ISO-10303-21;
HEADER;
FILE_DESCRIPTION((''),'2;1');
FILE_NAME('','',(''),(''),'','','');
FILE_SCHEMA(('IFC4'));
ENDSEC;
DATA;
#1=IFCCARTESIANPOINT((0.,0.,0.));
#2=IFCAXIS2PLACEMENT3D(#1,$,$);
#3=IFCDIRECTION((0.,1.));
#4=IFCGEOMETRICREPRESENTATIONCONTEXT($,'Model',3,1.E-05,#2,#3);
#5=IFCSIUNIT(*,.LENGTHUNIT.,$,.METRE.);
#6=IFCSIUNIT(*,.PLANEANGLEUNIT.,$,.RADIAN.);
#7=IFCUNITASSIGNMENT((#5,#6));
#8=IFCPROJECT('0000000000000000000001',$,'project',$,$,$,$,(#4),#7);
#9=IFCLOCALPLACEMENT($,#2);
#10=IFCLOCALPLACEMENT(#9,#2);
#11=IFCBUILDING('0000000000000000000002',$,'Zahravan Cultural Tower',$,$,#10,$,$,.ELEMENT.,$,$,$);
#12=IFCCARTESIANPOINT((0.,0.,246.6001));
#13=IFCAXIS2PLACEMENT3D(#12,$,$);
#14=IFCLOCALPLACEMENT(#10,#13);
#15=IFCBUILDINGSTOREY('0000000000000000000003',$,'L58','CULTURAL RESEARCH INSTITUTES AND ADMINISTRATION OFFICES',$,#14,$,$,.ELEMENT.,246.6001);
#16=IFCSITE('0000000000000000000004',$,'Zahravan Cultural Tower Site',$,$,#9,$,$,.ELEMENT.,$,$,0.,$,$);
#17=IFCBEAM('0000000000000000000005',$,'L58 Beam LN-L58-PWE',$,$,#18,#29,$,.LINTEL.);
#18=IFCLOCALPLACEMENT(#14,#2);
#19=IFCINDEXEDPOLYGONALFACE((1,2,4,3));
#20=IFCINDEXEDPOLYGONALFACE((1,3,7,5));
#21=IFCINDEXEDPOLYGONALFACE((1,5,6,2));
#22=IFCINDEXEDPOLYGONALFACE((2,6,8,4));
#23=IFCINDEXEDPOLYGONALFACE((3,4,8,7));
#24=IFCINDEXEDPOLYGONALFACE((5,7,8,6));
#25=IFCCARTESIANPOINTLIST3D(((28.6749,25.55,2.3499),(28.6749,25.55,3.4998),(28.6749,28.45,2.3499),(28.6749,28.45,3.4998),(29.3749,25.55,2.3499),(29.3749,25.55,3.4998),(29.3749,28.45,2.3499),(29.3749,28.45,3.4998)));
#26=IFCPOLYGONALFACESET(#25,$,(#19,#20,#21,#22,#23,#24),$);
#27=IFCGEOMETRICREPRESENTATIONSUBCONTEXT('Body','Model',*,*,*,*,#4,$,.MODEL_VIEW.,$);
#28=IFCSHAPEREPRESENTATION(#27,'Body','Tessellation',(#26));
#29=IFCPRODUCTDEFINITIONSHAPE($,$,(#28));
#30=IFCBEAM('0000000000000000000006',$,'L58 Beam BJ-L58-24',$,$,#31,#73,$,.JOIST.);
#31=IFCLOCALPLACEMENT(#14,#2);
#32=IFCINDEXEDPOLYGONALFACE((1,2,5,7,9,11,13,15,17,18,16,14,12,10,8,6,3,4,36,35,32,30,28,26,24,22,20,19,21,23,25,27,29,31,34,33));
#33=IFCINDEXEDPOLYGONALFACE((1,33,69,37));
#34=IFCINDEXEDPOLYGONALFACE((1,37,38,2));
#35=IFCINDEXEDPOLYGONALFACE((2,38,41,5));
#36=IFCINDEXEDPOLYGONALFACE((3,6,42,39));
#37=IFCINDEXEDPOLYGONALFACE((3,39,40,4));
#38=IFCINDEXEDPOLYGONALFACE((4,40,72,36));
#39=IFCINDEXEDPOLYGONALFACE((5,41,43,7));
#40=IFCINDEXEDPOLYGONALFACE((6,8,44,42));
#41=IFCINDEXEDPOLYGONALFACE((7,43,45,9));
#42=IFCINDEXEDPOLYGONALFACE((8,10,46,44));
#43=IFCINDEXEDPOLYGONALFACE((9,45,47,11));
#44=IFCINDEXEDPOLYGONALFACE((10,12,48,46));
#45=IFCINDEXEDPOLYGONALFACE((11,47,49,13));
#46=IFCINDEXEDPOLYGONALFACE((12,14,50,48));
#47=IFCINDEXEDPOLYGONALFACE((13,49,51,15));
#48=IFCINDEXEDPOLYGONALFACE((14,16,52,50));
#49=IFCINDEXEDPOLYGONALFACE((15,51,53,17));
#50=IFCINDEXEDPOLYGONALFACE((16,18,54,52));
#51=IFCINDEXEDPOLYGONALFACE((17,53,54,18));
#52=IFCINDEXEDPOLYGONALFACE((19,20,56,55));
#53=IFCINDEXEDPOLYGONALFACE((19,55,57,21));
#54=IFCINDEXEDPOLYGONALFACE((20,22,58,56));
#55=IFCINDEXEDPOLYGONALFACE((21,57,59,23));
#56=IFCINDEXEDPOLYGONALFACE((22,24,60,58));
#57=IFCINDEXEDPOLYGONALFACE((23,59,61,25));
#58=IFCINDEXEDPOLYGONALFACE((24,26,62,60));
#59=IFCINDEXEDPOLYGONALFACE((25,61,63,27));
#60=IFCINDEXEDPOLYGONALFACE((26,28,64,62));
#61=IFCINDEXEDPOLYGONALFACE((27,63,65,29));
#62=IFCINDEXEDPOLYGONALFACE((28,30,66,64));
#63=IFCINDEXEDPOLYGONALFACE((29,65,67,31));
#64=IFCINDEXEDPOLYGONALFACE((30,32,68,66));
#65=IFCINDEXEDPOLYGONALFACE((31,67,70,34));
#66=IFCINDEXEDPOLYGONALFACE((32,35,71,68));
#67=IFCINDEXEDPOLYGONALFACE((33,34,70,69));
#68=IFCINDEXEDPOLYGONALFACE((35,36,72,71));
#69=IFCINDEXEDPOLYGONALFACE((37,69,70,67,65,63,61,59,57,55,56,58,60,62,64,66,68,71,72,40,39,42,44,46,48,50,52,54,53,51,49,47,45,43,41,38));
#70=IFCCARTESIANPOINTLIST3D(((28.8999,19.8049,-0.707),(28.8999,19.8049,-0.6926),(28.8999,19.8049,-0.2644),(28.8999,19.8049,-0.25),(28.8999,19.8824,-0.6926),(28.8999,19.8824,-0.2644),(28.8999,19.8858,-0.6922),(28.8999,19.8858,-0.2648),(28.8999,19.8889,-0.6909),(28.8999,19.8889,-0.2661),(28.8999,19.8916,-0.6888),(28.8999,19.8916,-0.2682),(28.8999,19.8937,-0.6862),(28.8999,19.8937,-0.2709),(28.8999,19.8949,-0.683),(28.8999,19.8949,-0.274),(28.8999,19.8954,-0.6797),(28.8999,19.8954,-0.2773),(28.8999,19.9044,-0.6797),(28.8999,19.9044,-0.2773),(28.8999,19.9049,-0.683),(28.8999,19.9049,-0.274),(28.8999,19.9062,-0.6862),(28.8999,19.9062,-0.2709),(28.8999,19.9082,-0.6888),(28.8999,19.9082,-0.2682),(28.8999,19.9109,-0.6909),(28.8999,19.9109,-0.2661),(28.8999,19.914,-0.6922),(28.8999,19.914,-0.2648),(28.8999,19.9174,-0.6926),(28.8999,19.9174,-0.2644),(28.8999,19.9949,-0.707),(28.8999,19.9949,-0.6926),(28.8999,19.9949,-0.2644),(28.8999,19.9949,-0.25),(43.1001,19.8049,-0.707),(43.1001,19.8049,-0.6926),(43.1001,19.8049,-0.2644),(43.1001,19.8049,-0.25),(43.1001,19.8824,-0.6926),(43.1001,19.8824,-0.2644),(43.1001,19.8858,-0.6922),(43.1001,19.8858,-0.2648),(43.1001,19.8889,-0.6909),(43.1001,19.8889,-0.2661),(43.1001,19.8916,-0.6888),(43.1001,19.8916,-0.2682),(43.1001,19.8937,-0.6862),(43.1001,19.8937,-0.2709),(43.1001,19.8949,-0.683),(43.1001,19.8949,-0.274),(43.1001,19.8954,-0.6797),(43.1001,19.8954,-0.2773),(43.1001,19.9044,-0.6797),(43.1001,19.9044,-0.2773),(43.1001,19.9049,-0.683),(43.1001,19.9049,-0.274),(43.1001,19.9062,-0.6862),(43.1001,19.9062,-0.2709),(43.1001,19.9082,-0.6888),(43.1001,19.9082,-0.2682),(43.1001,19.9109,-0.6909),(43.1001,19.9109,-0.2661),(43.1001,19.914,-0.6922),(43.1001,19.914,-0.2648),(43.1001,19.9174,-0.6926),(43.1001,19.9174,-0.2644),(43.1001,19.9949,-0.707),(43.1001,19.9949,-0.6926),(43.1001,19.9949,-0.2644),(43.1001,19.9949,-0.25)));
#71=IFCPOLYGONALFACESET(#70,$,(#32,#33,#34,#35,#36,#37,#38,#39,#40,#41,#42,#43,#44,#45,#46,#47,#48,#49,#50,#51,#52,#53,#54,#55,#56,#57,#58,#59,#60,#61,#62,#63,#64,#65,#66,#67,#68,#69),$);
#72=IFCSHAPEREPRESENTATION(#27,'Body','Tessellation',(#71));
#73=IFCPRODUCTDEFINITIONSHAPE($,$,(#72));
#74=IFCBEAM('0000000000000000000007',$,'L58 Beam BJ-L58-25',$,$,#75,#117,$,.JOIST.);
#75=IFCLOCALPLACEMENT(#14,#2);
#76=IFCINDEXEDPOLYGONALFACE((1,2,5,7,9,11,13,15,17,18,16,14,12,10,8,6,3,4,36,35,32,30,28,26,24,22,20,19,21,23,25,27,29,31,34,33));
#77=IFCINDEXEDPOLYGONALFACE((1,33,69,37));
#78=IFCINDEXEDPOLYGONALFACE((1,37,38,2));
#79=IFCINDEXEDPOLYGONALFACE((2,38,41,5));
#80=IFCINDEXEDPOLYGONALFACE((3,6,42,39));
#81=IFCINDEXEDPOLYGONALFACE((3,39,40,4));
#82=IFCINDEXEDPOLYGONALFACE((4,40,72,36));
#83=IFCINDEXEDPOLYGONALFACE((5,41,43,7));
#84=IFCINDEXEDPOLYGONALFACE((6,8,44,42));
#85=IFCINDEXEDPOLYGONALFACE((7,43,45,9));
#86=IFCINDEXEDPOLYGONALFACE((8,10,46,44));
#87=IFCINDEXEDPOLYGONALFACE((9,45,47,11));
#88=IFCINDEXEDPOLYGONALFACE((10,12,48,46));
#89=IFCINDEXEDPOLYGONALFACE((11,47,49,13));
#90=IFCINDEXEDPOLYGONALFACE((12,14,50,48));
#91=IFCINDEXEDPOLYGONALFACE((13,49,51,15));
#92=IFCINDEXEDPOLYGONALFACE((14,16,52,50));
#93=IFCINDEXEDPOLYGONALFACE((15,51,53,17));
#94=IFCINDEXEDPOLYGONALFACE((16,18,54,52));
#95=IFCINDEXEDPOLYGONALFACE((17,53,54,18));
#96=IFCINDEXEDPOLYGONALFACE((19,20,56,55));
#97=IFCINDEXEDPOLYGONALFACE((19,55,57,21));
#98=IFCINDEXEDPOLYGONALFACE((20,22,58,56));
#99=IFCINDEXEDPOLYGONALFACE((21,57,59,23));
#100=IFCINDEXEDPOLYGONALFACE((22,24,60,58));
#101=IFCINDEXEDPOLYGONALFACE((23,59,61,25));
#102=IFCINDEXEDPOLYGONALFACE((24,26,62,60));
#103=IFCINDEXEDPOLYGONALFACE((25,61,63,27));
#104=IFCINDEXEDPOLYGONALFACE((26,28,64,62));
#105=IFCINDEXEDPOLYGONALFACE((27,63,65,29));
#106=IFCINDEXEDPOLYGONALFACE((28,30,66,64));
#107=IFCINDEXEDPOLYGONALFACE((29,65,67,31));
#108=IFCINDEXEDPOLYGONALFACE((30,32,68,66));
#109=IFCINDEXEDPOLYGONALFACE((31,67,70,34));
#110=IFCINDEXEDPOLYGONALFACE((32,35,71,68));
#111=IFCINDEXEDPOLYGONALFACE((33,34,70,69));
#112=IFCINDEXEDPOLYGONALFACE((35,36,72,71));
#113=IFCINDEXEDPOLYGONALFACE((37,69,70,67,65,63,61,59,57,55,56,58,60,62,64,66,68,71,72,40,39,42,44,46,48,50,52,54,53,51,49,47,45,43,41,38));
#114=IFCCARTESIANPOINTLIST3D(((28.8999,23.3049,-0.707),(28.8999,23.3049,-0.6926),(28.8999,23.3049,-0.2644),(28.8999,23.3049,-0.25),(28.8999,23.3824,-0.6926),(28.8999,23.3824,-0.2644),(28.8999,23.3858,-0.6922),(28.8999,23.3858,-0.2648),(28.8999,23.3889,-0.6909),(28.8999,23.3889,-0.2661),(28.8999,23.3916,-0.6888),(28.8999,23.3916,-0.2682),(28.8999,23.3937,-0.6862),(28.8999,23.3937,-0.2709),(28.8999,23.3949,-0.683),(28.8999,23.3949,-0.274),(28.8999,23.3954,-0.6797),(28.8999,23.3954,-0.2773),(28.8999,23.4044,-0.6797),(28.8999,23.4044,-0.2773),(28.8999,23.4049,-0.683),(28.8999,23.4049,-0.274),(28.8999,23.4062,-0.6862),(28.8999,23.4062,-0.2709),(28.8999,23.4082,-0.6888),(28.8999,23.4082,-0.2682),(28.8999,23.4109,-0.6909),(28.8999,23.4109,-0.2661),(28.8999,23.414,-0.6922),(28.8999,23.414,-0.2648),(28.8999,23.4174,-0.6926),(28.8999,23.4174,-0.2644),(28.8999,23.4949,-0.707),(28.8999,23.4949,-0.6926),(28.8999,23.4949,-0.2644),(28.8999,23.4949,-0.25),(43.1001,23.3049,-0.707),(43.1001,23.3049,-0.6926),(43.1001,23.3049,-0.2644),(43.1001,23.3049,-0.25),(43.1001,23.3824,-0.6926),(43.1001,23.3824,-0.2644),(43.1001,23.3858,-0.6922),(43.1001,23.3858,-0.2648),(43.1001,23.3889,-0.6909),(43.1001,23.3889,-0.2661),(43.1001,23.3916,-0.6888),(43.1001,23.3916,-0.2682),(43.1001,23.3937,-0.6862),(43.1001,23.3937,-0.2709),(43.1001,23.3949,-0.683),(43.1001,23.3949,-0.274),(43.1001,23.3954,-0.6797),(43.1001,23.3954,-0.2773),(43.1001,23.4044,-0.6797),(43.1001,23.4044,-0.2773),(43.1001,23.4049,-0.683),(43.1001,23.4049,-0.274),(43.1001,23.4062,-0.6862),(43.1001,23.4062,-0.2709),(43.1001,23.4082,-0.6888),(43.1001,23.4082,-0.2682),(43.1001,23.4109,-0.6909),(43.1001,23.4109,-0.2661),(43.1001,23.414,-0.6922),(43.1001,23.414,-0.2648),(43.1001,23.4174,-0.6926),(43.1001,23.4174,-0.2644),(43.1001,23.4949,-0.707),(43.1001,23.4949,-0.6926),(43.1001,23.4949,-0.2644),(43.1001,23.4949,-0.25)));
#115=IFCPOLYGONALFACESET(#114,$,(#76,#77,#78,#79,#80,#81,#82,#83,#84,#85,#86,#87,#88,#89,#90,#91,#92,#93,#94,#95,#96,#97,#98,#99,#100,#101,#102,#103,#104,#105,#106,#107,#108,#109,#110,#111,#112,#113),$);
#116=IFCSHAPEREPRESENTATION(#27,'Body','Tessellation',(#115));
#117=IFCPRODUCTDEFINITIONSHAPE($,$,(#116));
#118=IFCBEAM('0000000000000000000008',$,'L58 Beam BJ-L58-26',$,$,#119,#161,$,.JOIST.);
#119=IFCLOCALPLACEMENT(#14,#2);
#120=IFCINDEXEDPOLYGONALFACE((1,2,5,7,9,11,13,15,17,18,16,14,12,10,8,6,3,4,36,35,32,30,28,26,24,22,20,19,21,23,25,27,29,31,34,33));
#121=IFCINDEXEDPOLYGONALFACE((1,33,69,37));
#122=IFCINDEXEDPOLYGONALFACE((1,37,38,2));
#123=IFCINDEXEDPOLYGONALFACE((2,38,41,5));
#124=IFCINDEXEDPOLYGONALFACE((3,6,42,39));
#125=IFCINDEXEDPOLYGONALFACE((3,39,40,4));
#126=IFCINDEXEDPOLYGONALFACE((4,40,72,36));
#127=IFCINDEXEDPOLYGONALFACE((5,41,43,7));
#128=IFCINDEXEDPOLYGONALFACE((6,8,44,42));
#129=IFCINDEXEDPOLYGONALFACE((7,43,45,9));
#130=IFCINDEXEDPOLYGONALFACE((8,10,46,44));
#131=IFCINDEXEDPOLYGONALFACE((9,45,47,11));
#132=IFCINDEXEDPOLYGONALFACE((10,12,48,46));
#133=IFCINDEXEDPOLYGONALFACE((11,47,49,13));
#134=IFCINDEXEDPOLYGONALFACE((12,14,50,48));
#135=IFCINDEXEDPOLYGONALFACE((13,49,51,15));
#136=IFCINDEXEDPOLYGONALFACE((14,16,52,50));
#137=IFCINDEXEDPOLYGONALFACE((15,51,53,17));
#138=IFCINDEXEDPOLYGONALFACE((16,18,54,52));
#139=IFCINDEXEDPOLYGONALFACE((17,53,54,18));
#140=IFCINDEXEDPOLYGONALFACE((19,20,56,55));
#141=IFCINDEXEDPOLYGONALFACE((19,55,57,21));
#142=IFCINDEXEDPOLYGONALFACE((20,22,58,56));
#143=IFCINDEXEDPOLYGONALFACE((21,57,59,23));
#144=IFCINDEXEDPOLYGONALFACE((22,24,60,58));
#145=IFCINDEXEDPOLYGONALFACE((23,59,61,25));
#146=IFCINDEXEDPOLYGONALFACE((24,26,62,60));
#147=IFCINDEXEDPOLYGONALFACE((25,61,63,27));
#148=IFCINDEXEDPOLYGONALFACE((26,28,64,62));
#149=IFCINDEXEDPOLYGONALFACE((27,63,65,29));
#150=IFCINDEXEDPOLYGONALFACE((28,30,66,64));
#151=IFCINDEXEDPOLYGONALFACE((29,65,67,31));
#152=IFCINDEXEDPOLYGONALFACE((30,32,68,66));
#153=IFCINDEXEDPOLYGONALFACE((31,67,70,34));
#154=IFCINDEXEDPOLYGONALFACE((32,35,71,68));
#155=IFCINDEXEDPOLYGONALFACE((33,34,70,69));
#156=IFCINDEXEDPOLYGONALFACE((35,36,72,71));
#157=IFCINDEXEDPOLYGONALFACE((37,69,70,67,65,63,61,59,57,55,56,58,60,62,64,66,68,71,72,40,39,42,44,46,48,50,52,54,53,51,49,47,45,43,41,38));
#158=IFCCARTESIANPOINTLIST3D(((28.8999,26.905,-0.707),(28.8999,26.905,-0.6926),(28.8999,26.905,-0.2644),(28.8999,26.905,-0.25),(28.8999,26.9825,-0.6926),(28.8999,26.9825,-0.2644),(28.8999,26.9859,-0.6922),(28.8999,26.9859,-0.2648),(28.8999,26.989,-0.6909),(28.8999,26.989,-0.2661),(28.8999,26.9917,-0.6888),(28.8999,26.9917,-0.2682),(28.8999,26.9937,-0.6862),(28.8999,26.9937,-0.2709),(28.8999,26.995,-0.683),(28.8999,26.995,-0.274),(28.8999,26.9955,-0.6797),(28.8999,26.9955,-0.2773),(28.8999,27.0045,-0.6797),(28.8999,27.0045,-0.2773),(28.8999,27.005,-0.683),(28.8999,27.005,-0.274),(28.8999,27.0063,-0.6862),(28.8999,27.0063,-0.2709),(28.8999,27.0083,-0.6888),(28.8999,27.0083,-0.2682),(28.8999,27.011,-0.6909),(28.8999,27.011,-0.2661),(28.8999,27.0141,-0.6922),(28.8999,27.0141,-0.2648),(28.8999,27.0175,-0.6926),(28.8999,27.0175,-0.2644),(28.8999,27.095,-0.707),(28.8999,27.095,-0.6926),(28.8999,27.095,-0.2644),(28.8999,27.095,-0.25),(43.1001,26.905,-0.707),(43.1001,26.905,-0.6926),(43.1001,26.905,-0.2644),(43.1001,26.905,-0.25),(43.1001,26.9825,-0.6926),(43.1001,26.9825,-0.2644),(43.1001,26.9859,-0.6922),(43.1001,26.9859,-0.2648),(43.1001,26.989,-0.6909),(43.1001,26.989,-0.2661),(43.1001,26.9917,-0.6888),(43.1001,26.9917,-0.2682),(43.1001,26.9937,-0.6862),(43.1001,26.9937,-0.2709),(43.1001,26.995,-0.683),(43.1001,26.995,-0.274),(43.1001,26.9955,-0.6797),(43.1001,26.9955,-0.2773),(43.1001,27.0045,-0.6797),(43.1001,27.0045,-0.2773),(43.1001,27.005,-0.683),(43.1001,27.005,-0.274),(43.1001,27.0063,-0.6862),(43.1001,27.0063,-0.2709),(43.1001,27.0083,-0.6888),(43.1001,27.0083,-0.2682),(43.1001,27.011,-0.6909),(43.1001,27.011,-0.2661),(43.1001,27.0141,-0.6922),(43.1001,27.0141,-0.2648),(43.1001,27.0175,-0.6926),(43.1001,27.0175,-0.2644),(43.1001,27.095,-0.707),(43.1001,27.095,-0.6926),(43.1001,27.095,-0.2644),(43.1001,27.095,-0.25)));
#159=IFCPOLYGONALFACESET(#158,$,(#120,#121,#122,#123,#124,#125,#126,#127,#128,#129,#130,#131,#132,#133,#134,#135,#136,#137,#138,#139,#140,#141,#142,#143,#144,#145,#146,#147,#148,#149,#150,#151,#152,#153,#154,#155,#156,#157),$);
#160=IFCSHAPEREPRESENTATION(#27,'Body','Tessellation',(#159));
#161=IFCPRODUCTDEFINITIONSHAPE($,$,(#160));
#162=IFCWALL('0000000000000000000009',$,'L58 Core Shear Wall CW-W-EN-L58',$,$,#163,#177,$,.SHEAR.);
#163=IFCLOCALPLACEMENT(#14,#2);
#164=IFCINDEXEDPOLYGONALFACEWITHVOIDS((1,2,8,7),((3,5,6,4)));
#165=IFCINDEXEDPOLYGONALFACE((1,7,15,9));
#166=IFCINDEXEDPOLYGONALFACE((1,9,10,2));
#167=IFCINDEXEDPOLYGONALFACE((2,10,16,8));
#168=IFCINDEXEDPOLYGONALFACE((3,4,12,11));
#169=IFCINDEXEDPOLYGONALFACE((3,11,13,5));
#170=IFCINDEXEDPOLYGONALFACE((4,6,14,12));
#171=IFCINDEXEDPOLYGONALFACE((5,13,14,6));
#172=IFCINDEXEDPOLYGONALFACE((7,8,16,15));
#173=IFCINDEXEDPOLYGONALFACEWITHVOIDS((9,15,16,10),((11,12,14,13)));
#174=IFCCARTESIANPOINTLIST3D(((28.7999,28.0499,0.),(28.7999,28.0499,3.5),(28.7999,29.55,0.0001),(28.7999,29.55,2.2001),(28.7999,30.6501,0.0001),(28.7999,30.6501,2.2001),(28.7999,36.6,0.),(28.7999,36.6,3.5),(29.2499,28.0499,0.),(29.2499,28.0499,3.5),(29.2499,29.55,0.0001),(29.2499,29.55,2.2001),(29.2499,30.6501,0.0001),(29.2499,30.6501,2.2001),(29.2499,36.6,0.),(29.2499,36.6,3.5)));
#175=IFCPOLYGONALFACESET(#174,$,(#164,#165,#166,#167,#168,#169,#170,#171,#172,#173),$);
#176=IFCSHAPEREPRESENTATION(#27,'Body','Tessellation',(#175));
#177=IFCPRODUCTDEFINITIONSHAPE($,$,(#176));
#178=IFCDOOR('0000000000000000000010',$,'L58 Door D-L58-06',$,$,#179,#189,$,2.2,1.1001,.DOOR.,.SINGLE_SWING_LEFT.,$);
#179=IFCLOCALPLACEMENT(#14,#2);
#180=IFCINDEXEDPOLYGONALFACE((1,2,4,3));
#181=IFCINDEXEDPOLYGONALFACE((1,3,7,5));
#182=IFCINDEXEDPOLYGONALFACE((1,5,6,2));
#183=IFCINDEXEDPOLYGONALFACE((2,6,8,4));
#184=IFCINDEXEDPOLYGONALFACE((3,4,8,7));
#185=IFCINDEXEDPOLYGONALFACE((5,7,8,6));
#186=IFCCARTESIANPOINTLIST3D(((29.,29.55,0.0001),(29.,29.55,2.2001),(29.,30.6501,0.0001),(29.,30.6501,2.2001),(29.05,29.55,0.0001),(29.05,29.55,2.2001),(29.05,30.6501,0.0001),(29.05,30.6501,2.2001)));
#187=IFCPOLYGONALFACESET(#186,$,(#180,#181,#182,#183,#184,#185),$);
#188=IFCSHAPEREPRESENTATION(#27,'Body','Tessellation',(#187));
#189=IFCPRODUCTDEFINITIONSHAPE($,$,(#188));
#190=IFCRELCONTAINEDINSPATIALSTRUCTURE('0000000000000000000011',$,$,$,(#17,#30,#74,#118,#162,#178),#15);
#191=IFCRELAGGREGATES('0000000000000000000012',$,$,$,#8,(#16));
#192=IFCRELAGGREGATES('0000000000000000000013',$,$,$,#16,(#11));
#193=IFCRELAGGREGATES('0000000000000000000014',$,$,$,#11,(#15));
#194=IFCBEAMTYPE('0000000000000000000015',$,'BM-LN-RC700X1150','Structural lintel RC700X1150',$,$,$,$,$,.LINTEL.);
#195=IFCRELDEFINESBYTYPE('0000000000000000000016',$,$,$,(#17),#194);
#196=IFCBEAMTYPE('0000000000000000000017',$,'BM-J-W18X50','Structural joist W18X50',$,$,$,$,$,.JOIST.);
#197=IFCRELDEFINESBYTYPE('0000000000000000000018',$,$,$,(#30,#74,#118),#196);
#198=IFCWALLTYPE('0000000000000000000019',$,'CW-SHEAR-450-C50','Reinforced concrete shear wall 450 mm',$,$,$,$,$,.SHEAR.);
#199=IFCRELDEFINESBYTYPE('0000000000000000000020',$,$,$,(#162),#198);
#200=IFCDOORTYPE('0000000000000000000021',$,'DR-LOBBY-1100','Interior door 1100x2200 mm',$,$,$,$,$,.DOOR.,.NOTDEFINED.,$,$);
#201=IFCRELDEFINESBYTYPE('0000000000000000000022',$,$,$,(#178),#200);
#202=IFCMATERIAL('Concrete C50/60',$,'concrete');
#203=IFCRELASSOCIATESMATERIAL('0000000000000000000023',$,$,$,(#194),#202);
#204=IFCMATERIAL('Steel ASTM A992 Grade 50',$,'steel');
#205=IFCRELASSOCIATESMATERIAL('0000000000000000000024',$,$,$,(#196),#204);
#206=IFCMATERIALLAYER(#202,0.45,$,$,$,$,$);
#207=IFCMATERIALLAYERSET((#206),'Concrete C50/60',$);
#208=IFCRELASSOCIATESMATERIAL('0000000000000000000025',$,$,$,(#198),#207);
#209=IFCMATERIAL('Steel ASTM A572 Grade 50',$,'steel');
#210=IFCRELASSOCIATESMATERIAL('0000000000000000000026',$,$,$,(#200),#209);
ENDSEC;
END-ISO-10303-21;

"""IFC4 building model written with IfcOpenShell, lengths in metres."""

from ifc_helpers import new_model, si_unit, direction, frame, frame_2d, origin, origin_2d, place, context, subcontext, project, spatial, rectangle, i_section, extrude, source, transform, mapped, material, layer, layer_set, material_profile, profile_set, type_object, element, fill, save


model = new_model("IFC4")

# Units and contexts
model_context = context("Model", 3, precision=1e-05, world=origin(), true_north=direction((0.0, 1.0)))
body_context = subcontext(model_context, "Body", "Model", "MODEL_VIEW")
ifc_project = project(units=[si_unit("LENGTHUNIT", "METRE"), si_unit("PLANEANGLEUNIT", "RADIAN")], contexts=[model_context])

# Site, building, storey
site_placement = place(None, origin())
site = spatial("IfcSite", under=ifc_project, at=site_placement, Name="Zahravan Cultural Tower Site", CompositionType="ELEMENT", RefElevation=0.0)
building_placement = place(site_placement, origin())
building = spatial("IfcBuilding", under=site, at=building_placement, Name="Zahravan Cultural Tower", CompositionType="ELEMENT")
storey_placement = place(building_placement, frame((0.0, 0.0, 246.6001)))
storey = spatial("IfcBuildingStorey", under=building, at=storey_placement, Name="L58", Description="CULTURAL RESEARCH INSTITUTES AND ADMINISTRATION OFFICES", CompositionType="ELEMENT", Elevation=246.6001)

# Beams
ifc_material_1 = material(Name="Concrete C50/60", Category="concrete")
ifc_material_profile_1 = material_profile(ifc_material_1, rectangle(XDim=0.7, YDim=1.1499, at=origin_2d()), Name="RC700X1150")
ifc_profile_set_1 = profile_set([ifc_material_profile_1], Name="Concrete C50/60")
beam_type_1 = type_object("IfcBeamType", Name="BM-LN-RC700X1150", Description="Structural lintel RC700X1150", PredefinedType="LINTEL", material=ifc_profile_set_1)
shared_shape_1 = source(origin(), body_context, "Body", "SweptSolid", [
    extrude(rectangle(XDim=0.7, YDim=1.1499, at=origin_2d()), origin(), (0.0, 0.0, 1.0), 2.8999),
])
beam_placement = place(storey_placement, frame((29.0249, 25.55, 2.9248), z_axis=(0.0, 1.0, 0.0), x_axis=(-1.0, 0.0, 0.0)))
element("IfcBeam", 1, at=beam_placement, inside=storey, type_object=beam_type_1, Name="L58 Beam LN-L58-PWE", PredefinedType="LINTEL", context=body_context, shape_type="MappedRepresentation", body=[
    mapped(shared_shape_1, transform((0.0, 0.0, 0.0), x_axis=(1.0, 0.0, 0.0), y_axis=(0.0, 1.0, 0.0), z_axis=(0.0, 0.0, 1.0), scale=1.0)),
])
ifc_material_2 = material(Name="Steel ASTM A992 Grade 50", Category="steel")
ifc_material_profile_2 = material_profile(ifc_material_2, i_section(OverallWidth=0.1899, OverallDepth=0.457, WebThickness=0.009, FlangeThickness=0.0144, FilletRadius=0.0129, at=origin_2d()), Name="W18X50")
ifc_profile_set_2 = profile_set([ifc_material_profile_2], Name="Steel ASTM A992 Grade 50")
beam_type_2 = type_object("IfcBeamType", Name="BM-J-W18X50", Description="Structural joist W18X50", PredefinedType="JOIST", material=ifc_profile_set_2)
shared_shape_2 = source(origin(), body_context, "Body", "SweptSolid", [
    extrude(i_section(OverallWidth=0.1899, OverallDepth=0.457, WebThickness=0.009, FlangeThickness=0.0144, FilletRadius=0.0129, at=origin_2d()), origin(), (0.0, 0.0, 1.0), 14.2002),
])
for number, where, z_axis, x_axis, name in (
    (2, (28.8999, 19.8999, -0.4785), (1.0, 0.0, 0.0), (0.0, 1.0, 0.0), "L58 Beam BJ-L58-24"),
    (3, (28.8999, 23.3999, -0.4785), (1.0, 0.0, 0.0), (0.0, 1.0, 0.0), "L58 Beam BJ-L58-25"),
    (4, (28.8999, 27.0, -0.4785), (1.0, 0.0, 0.0), (0.0, 1.0, 0.0), "L58 Beam BJ-L58-26"),
):
    element("IfcBeam", number, at=place(storey_placement, frame(where, z_axis=z_axis, x_axis=x_axis)), inside=storey, type_object=beam_type_2, Name=name, PredefinedType="JOIST", context=body_context, shape_type="MappedRepresentation", body=[
        mapped(shared_shape_2, transform((0.0, 0.0, 0.0), x_axis=(1.0, 0.0, 0.0), y_axis=(0.0, 1.0, 0.0), z_axis=(0.0, 0.0, 1.0), scale=1.0)),
    ])

# Wall, opening, door
ifc_layer_1 = layer(ifc_material_1, 0.45)
ifc_layer_set_1 = layer_set([ifc_layer_1], Name="Concrete C50/60")
wall_type_1 = type_object("IfcWallType", Name="CW-SHEAR-450-C50", Description="Reinforced concrete shear wall 450 mm", PredefinedType="SHEAR", material=ifc_layer_set_1)
wall_1_placement = place(storey_placement, frame((29.0249, 28.05, 0.0), z_axis=(0.0, 0.0, 1.0), x_axis=(0.0, 1.0, 0.0)))
wall_1 = element("IfcWall", 5, at=wall_1_placement, inside=storey, type_object=wall_type_1, Name="L58 Core Shear Wall CW-W-EN-L58", PredefinedType="SHEAR", context=body_context, shape_type="SweptSolid", body=[
    extrude(rectangle(XDim=8.55, YDim=0.45, at=frame_2d((4.2749, 0.0))), origin(), (0.0, 0.0, 1.0), 3.5),
])
opening_1_placement = place(wall_1_placement, frame((1.5, 0.0, 0.0)))
opening_1 = element("IfcOpeningElement", 6, at=opening_1_placement, cuts=wall_1, PredefinedType="OPENING", context=body_context, shape_type="SweptSolid", body=[
    extrude(rectangle(XDim=1.1001, YDim=2.2, at=frame_2d((0.55, 1.1001))), frame((0.0, 0.2349, 0.0), z_axis=(0.0, -1.0, 0.0), x_axis=(1.0, 0.0, 0.0)), (0.0, 0.0, 1.0), 0.47),
])
ifc_material_3 = material(Name="Steel ASTM A572 Grade 50", Category="steel")
door_type_1 = type_object("IfcDoorType", Name="DR-LOBBY-1100", Description="Interior door 1100x2200 mm", OperationType="NOTDEFINED", PredefinedType="DOOR", material=ifc_material_3)
shared_shape_3 = source(origin(), body_context, "Body", "SweptSolid", [
    extrude(rectangle(XDim=1.1001, YDim=2.2, at=frame_2d((0.55, 1.1001))), frame((0.0, 0.0249, 0.0), z_axis=(0.0, -1.0, 0.0), x_axis=(1.0, 0.0, 0.0)), (0.0, 0.0, 1.0), 0.05),
])
door_1_placement = place(opening_1_placement, origin())
door_1 = element("IfcDoor", 7, at=door_1_placement, inside=storey, type_object=door_type_1, Name="L58 Door D-L58-06", OperationType="SINGLE_SWING_LEFT", OverallHeight=2.2, OverallWidth=1.1001, PredefinedType="DOOR", context=body_context, shape_type="MappedRepresentation", body=[
    mapped(shared_shape_3, transform((0.0, 0.0, 0.0), x_axis=(1.0, 0.0, 0.0), y_axis=(0.0, 1.0, 0.0), z_axis=(0.0, 0.0, 1.0), scale=1.0)),
])
fill(opening_1, door_1)

save(model, "model.ifc")
